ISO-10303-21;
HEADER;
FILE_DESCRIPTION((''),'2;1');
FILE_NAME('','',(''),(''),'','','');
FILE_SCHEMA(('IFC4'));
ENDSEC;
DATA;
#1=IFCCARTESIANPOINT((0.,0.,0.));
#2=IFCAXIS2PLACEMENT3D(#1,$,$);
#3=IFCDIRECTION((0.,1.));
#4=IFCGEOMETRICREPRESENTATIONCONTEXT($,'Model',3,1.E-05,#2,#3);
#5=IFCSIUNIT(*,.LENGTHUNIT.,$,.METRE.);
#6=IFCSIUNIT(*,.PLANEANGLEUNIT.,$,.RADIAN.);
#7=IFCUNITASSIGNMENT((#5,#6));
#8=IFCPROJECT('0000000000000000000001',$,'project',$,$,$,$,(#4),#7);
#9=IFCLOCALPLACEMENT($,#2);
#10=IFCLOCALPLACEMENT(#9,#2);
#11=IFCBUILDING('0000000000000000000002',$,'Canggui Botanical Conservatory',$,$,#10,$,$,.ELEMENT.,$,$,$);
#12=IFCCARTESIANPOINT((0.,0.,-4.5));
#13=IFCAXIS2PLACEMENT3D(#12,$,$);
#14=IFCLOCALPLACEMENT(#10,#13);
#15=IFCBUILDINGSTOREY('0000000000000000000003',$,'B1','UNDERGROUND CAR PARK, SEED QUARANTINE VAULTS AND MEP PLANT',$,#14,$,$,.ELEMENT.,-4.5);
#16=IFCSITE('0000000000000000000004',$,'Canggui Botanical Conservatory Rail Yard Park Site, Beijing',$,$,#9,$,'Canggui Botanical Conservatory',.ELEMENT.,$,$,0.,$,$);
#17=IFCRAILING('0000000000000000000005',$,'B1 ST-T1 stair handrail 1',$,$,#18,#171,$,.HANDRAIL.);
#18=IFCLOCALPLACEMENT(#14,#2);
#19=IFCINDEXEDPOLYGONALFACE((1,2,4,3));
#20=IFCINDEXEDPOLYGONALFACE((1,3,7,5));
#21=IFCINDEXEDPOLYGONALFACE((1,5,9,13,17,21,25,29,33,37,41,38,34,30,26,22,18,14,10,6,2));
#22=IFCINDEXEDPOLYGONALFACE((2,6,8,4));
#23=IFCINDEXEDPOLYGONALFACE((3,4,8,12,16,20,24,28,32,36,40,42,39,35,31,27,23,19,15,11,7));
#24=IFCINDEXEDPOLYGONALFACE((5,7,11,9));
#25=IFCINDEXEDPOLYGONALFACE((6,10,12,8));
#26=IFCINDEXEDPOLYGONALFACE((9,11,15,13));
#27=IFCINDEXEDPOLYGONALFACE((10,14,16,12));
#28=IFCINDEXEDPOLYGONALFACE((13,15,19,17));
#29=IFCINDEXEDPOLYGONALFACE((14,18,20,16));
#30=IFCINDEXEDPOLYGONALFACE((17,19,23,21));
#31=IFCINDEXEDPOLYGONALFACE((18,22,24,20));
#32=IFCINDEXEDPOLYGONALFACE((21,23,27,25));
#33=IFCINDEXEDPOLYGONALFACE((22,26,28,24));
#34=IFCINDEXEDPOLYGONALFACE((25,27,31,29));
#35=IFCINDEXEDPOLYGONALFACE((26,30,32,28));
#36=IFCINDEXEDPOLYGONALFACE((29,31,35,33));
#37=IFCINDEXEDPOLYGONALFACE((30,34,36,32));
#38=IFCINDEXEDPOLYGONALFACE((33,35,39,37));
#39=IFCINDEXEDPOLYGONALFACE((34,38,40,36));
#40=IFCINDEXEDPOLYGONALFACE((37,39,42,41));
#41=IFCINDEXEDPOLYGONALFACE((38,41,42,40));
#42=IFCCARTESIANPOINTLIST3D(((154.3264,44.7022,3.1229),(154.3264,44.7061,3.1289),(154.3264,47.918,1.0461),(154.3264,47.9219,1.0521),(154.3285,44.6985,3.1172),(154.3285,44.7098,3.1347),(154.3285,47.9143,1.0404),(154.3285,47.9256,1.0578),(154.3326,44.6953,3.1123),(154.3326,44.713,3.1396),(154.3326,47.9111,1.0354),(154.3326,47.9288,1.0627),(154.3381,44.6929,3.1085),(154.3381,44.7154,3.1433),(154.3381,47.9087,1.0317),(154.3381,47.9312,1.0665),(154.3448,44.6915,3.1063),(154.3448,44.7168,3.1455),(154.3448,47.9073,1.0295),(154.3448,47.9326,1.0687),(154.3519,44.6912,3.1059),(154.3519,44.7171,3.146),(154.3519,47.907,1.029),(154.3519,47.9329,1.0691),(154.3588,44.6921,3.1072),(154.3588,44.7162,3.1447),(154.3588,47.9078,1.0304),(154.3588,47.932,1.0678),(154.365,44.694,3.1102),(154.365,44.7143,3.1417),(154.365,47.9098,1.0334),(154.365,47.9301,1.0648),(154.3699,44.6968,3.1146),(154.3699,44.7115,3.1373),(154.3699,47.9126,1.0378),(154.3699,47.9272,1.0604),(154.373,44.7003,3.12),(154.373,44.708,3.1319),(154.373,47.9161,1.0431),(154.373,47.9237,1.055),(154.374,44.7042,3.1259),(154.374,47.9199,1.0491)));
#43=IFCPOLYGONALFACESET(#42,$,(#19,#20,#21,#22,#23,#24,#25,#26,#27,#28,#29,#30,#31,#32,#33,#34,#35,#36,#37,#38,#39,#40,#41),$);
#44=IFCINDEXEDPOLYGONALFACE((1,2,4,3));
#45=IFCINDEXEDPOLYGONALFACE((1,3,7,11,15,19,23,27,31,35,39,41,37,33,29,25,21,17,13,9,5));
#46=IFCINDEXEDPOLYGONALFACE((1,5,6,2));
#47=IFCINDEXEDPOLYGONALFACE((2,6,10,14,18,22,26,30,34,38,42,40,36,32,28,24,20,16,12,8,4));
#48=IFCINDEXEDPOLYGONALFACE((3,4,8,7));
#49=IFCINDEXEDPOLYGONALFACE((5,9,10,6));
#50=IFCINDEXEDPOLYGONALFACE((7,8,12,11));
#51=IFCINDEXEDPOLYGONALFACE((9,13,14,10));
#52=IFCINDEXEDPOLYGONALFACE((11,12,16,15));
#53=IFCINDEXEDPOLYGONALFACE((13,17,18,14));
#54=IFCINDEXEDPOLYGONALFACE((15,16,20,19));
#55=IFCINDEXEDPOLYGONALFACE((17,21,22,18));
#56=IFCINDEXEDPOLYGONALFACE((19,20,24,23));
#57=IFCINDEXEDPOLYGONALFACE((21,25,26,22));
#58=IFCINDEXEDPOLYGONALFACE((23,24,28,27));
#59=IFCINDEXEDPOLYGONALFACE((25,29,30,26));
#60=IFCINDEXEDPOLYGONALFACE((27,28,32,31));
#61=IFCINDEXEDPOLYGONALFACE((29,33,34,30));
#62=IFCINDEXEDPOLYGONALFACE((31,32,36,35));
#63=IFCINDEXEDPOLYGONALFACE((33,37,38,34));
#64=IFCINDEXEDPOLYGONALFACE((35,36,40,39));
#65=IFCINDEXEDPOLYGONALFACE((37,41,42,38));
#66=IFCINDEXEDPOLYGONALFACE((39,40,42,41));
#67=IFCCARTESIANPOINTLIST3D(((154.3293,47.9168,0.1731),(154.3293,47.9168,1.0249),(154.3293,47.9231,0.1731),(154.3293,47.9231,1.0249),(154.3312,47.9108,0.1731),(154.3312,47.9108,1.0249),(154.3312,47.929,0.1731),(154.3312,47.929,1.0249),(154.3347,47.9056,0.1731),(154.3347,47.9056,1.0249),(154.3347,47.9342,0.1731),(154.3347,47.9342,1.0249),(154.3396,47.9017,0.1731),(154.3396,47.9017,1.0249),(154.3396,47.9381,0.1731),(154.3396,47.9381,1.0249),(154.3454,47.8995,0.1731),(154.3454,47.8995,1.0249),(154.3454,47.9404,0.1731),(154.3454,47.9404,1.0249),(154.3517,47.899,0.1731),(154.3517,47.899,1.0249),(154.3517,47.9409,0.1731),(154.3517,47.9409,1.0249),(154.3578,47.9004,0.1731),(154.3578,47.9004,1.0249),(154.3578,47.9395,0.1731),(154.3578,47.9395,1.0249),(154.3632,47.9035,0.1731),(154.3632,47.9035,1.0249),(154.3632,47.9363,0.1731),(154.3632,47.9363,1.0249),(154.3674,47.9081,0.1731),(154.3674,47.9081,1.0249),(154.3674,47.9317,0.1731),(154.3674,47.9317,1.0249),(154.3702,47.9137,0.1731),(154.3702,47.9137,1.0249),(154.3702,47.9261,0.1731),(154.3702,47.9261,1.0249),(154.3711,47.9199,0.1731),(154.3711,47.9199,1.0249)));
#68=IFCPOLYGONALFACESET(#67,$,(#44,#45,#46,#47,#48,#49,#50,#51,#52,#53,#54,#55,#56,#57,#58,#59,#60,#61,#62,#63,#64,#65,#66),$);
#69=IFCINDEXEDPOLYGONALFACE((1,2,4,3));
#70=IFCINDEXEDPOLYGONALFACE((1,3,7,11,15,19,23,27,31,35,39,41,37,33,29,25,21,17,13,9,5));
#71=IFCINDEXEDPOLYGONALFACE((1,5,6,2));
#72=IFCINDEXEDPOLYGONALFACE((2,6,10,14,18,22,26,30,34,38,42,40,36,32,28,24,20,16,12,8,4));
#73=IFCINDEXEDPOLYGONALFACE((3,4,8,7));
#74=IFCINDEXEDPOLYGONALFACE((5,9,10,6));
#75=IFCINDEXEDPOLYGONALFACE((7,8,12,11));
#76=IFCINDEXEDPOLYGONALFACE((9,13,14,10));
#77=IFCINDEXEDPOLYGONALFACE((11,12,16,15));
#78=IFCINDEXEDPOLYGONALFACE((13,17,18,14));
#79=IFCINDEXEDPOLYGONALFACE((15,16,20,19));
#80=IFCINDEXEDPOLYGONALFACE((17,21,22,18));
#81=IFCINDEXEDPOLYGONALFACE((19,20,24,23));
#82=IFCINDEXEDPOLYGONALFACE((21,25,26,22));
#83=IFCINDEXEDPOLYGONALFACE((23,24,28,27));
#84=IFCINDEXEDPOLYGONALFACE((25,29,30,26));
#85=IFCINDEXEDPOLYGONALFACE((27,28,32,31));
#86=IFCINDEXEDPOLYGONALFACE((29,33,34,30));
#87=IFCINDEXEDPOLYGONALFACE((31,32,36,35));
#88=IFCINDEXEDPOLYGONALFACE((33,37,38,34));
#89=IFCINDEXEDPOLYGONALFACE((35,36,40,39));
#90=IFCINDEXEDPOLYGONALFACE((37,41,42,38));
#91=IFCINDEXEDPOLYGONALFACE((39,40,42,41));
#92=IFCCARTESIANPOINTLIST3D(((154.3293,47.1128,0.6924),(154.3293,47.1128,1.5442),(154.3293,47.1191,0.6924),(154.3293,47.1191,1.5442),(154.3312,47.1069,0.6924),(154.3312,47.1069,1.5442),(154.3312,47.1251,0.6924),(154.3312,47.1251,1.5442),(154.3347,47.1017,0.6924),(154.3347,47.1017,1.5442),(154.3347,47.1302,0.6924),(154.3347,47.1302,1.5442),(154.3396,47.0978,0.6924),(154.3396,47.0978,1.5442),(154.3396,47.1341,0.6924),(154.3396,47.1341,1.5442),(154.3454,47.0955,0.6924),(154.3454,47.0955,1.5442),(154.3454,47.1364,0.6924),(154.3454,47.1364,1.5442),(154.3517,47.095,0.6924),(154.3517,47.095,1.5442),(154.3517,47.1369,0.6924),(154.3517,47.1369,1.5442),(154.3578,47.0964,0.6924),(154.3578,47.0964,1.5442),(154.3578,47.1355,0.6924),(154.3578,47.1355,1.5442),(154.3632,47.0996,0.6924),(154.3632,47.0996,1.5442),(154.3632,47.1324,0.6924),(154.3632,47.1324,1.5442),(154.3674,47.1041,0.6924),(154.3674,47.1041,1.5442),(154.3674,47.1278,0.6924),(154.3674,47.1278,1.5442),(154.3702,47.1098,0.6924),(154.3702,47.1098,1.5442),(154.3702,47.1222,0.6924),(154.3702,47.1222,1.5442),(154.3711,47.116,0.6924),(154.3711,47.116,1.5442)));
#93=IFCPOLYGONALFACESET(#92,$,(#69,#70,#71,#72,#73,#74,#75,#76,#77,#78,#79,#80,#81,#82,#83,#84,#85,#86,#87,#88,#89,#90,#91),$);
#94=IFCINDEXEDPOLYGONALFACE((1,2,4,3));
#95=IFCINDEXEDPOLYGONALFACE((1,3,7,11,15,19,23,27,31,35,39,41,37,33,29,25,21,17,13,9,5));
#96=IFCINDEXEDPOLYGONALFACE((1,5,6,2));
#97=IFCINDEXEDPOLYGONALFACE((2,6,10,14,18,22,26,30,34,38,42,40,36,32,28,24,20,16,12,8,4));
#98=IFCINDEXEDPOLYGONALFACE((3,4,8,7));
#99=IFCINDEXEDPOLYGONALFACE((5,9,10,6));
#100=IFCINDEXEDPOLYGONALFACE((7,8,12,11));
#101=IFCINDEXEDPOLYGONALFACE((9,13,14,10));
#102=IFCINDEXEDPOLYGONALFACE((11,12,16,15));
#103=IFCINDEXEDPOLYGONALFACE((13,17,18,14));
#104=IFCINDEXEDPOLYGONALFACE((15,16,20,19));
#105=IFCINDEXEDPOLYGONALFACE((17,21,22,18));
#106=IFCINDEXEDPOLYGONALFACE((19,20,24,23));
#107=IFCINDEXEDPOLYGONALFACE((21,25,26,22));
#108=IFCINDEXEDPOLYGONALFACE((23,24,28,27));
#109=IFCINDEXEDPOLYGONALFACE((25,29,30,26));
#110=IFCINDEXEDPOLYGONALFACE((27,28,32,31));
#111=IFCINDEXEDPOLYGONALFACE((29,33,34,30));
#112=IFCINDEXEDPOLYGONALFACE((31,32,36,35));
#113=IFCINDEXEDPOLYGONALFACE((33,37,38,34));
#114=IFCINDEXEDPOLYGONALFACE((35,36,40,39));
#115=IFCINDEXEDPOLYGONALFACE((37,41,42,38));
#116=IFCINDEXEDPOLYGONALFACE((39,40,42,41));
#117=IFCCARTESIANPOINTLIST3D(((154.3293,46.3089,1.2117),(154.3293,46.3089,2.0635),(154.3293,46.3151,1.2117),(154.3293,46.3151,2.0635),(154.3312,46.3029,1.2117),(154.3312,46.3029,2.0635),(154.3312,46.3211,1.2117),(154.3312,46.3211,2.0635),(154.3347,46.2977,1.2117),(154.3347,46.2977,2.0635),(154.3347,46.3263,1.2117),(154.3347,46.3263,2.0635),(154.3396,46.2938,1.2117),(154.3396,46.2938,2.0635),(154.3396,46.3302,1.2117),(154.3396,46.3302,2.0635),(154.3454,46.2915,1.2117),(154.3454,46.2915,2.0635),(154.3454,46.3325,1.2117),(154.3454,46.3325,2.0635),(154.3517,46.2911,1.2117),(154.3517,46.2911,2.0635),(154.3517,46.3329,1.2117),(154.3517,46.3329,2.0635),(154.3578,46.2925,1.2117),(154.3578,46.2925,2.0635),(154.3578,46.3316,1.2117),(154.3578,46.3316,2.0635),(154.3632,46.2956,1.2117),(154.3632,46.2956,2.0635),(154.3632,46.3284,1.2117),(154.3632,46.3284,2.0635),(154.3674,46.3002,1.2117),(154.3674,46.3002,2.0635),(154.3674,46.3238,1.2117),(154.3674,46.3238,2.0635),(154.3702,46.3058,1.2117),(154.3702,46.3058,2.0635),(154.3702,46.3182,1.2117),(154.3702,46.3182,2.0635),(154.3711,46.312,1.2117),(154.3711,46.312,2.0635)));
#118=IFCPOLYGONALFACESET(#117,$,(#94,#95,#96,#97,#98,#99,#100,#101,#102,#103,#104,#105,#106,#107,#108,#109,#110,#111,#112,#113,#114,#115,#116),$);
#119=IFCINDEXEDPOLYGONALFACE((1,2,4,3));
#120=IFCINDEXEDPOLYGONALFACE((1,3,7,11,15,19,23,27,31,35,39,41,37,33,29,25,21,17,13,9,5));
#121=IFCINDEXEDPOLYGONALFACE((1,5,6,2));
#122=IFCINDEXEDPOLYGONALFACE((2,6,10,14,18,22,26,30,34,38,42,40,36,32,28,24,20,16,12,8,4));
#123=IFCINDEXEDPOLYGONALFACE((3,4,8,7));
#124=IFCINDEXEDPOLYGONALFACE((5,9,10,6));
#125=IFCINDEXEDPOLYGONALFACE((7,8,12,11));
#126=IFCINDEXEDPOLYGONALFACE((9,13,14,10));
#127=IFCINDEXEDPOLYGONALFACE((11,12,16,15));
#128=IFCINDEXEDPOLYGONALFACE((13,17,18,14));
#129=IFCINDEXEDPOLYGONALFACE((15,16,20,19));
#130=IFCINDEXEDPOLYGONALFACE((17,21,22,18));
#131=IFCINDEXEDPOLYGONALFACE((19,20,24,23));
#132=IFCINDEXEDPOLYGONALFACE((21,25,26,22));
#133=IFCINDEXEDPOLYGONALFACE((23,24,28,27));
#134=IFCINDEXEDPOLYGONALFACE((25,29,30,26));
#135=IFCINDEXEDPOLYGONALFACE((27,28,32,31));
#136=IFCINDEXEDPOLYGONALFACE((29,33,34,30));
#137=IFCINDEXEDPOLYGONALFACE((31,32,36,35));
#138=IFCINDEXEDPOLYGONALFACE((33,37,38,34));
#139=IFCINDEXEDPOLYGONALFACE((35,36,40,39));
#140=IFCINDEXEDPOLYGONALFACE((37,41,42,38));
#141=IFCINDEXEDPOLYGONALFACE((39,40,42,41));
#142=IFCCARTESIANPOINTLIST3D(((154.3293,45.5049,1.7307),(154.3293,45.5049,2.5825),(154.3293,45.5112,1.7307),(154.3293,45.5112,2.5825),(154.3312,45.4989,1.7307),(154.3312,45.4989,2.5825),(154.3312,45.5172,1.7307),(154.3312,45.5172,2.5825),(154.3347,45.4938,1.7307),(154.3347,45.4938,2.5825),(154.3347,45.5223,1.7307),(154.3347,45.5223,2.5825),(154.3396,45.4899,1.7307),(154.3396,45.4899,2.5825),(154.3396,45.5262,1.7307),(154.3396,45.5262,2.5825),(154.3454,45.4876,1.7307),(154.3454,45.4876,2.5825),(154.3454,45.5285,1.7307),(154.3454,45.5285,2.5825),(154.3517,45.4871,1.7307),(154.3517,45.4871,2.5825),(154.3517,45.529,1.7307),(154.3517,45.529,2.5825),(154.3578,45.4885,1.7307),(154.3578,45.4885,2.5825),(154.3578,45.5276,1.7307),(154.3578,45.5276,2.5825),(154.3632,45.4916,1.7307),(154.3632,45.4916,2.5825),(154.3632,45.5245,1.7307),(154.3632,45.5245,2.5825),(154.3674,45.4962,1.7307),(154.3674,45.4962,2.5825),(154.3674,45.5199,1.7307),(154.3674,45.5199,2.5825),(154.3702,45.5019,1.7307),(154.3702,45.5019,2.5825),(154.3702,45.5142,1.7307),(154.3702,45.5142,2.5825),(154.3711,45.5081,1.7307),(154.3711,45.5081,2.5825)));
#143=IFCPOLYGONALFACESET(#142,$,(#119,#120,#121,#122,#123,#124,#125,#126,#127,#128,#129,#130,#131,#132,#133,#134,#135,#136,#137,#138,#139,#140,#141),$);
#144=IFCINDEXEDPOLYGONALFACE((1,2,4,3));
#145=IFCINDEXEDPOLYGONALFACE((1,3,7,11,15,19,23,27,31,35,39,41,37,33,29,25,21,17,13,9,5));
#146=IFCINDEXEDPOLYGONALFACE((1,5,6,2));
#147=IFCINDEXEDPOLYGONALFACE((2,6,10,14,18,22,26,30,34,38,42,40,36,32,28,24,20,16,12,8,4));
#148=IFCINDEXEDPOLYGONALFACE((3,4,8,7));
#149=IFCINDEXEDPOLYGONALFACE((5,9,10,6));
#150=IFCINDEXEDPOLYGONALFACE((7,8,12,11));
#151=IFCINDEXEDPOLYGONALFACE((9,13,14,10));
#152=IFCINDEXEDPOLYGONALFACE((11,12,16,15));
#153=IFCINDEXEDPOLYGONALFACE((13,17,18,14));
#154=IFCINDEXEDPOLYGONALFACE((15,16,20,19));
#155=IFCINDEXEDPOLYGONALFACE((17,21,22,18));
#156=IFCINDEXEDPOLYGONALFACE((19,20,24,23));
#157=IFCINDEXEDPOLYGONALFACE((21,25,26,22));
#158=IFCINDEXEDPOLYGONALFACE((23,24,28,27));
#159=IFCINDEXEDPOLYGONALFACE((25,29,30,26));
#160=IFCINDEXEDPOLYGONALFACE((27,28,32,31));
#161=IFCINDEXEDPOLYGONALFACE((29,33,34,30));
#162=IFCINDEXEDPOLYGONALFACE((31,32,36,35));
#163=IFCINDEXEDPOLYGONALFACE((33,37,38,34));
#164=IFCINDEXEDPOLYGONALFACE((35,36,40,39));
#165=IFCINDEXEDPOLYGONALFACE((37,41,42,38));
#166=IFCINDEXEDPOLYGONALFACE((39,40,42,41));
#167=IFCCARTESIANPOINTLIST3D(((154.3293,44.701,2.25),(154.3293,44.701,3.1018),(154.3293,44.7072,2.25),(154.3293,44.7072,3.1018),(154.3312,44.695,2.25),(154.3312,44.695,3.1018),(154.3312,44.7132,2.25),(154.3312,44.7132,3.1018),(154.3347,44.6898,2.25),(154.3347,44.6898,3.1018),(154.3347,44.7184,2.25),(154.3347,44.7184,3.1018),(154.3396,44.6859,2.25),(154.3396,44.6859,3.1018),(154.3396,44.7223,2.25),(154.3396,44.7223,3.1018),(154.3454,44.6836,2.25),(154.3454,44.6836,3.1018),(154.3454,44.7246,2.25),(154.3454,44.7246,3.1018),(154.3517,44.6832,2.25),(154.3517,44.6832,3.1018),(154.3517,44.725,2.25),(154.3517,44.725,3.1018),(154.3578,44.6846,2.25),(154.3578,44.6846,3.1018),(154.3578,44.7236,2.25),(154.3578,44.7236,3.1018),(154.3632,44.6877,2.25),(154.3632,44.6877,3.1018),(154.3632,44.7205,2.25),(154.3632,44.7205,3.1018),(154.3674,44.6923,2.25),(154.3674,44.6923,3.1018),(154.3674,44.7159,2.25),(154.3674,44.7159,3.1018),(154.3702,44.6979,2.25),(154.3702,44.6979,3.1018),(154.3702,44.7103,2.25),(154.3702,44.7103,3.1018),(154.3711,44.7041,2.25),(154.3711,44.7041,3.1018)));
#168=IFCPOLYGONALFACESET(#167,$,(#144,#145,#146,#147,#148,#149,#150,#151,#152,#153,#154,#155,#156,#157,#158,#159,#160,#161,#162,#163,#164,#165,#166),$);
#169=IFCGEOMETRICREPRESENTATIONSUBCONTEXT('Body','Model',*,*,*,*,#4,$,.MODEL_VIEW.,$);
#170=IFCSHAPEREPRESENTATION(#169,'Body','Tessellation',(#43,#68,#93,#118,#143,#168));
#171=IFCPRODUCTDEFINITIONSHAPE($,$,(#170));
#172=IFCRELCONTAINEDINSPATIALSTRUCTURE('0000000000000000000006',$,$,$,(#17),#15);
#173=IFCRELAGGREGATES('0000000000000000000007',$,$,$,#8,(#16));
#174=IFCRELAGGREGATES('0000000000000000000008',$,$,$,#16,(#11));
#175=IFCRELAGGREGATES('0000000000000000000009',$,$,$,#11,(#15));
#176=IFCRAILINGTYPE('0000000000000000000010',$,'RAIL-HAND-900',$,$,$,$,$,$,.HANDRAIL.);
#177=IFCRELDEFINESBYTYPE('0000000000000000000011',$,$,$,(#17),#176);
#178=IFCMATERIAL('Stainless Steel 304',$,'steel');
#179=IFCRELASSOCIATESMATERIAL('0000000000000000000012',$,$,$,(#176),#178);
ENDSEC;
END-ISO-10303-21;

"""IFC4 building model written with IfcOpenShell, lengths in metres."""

from ifc_helpers import new_model, si_unit, direction, frame, origin, origin_2d, place, context, subcontext, project, spatial, circle, extrude, material, type_object, element, save


model = new_model("IFC4")

# Units and contexts
model_context = context("Model", 3, precision=1e-05, world=origin(), true_north=direction((0.0, 1.0)))
body_context = subcontext(model_context, "Body", "Model", "MODEL_VIEW")
ifc_project = project(units=[si_unit("LENGTHUNIT", "METRE"), si_unit("PLANEANGLEUNIT", "RADIAN")], contexts=[model_context])

# Site, building, storey
site_placement = place(None, origin())
site = spatial("IfcSite", under=ifc_project, at=site_placement, Name="Canggui Botanical Conservatory Rail Yard Park Site, Beijing", LongName="Canggui Botanical Conservatory", CompositionType="ELEMENT", RefElevation=0.0)
building_placement = place(site_placement, origin())
building = spatial("IfcBuilding", under=site, at=building_placement, Name="Canggui Botanical Conservatory", CompositionType="ELEMENT")
storey_placement = place(building_placement, frame((0.0, 0.0, -4.5)))
storey = spatial("IfcBuildingStorey", under=building, at=storey_placement, Name="B1", Description="UNDERGROUND CAR PARK, SEED QUARANTINE VAULTS AND MEP PLANT", CompositionType="ELEMENT", Elevation=-4.5)

# Shared definitions
ifc_material_1 = material(Name="Stainless Steel 304", Category="steel")

# Railing
railing_type_1 = type_object("IfcRailingType", Name="RAIL-HAND-900", PredefinedType="HANDRAIL", material=ifc_material_1)
railing_1_placement = place(storey_placement, frame((154.3501, 47.9199, 0.1731)))
element("IfcRailing", 1, at=railing_1_placement, inside=storey, type_object=railing_type_1, Name="B1 ST-T1 stair handrail 1", PredefinedType="HANDRAIL", context=body_context, shape_type="SweptSolid", body=[
    extrude(circle(Radius=0.0239, at=origin_2d()), frame((0.0, 0.0, 0.876), z_axis=(0.0, -0.840037, 0.542529), x_axis=(1.0, 0.0, 0.0)), (0.0, 0.0, 1.0), 3.8281),
    extrude(circle(Radius=0.021, at=origin_2d()), origin(), (0.0, 0.0, 1.0), 0.8518),
    extrude(circle(Radius=0.021, at=origin_2d()), frame((0.0, -0.804, 0.5193)), (0.0, 0.0, 1.0), 0.8518),
    extrude(circle(Radius=0.021, at=origin_2d()), frame((0.0, -1.6079, 1.0386)), (0.0, 0.0, 1.0), 0.8518),
    extrude(circle(Radius=0.021, at=origin_2d()), frame((0.0, -2.4119, 1.5576)), (0.0, 0.0, 1.0), 0.8518),
    extrude(circle(Radius=0.021, at=origin_2d()), frame((0.0, -3.2158, 2.0769)), (0.0, 0.0, 1.0), 0.8518),
])

save(model, "model.ifc")
